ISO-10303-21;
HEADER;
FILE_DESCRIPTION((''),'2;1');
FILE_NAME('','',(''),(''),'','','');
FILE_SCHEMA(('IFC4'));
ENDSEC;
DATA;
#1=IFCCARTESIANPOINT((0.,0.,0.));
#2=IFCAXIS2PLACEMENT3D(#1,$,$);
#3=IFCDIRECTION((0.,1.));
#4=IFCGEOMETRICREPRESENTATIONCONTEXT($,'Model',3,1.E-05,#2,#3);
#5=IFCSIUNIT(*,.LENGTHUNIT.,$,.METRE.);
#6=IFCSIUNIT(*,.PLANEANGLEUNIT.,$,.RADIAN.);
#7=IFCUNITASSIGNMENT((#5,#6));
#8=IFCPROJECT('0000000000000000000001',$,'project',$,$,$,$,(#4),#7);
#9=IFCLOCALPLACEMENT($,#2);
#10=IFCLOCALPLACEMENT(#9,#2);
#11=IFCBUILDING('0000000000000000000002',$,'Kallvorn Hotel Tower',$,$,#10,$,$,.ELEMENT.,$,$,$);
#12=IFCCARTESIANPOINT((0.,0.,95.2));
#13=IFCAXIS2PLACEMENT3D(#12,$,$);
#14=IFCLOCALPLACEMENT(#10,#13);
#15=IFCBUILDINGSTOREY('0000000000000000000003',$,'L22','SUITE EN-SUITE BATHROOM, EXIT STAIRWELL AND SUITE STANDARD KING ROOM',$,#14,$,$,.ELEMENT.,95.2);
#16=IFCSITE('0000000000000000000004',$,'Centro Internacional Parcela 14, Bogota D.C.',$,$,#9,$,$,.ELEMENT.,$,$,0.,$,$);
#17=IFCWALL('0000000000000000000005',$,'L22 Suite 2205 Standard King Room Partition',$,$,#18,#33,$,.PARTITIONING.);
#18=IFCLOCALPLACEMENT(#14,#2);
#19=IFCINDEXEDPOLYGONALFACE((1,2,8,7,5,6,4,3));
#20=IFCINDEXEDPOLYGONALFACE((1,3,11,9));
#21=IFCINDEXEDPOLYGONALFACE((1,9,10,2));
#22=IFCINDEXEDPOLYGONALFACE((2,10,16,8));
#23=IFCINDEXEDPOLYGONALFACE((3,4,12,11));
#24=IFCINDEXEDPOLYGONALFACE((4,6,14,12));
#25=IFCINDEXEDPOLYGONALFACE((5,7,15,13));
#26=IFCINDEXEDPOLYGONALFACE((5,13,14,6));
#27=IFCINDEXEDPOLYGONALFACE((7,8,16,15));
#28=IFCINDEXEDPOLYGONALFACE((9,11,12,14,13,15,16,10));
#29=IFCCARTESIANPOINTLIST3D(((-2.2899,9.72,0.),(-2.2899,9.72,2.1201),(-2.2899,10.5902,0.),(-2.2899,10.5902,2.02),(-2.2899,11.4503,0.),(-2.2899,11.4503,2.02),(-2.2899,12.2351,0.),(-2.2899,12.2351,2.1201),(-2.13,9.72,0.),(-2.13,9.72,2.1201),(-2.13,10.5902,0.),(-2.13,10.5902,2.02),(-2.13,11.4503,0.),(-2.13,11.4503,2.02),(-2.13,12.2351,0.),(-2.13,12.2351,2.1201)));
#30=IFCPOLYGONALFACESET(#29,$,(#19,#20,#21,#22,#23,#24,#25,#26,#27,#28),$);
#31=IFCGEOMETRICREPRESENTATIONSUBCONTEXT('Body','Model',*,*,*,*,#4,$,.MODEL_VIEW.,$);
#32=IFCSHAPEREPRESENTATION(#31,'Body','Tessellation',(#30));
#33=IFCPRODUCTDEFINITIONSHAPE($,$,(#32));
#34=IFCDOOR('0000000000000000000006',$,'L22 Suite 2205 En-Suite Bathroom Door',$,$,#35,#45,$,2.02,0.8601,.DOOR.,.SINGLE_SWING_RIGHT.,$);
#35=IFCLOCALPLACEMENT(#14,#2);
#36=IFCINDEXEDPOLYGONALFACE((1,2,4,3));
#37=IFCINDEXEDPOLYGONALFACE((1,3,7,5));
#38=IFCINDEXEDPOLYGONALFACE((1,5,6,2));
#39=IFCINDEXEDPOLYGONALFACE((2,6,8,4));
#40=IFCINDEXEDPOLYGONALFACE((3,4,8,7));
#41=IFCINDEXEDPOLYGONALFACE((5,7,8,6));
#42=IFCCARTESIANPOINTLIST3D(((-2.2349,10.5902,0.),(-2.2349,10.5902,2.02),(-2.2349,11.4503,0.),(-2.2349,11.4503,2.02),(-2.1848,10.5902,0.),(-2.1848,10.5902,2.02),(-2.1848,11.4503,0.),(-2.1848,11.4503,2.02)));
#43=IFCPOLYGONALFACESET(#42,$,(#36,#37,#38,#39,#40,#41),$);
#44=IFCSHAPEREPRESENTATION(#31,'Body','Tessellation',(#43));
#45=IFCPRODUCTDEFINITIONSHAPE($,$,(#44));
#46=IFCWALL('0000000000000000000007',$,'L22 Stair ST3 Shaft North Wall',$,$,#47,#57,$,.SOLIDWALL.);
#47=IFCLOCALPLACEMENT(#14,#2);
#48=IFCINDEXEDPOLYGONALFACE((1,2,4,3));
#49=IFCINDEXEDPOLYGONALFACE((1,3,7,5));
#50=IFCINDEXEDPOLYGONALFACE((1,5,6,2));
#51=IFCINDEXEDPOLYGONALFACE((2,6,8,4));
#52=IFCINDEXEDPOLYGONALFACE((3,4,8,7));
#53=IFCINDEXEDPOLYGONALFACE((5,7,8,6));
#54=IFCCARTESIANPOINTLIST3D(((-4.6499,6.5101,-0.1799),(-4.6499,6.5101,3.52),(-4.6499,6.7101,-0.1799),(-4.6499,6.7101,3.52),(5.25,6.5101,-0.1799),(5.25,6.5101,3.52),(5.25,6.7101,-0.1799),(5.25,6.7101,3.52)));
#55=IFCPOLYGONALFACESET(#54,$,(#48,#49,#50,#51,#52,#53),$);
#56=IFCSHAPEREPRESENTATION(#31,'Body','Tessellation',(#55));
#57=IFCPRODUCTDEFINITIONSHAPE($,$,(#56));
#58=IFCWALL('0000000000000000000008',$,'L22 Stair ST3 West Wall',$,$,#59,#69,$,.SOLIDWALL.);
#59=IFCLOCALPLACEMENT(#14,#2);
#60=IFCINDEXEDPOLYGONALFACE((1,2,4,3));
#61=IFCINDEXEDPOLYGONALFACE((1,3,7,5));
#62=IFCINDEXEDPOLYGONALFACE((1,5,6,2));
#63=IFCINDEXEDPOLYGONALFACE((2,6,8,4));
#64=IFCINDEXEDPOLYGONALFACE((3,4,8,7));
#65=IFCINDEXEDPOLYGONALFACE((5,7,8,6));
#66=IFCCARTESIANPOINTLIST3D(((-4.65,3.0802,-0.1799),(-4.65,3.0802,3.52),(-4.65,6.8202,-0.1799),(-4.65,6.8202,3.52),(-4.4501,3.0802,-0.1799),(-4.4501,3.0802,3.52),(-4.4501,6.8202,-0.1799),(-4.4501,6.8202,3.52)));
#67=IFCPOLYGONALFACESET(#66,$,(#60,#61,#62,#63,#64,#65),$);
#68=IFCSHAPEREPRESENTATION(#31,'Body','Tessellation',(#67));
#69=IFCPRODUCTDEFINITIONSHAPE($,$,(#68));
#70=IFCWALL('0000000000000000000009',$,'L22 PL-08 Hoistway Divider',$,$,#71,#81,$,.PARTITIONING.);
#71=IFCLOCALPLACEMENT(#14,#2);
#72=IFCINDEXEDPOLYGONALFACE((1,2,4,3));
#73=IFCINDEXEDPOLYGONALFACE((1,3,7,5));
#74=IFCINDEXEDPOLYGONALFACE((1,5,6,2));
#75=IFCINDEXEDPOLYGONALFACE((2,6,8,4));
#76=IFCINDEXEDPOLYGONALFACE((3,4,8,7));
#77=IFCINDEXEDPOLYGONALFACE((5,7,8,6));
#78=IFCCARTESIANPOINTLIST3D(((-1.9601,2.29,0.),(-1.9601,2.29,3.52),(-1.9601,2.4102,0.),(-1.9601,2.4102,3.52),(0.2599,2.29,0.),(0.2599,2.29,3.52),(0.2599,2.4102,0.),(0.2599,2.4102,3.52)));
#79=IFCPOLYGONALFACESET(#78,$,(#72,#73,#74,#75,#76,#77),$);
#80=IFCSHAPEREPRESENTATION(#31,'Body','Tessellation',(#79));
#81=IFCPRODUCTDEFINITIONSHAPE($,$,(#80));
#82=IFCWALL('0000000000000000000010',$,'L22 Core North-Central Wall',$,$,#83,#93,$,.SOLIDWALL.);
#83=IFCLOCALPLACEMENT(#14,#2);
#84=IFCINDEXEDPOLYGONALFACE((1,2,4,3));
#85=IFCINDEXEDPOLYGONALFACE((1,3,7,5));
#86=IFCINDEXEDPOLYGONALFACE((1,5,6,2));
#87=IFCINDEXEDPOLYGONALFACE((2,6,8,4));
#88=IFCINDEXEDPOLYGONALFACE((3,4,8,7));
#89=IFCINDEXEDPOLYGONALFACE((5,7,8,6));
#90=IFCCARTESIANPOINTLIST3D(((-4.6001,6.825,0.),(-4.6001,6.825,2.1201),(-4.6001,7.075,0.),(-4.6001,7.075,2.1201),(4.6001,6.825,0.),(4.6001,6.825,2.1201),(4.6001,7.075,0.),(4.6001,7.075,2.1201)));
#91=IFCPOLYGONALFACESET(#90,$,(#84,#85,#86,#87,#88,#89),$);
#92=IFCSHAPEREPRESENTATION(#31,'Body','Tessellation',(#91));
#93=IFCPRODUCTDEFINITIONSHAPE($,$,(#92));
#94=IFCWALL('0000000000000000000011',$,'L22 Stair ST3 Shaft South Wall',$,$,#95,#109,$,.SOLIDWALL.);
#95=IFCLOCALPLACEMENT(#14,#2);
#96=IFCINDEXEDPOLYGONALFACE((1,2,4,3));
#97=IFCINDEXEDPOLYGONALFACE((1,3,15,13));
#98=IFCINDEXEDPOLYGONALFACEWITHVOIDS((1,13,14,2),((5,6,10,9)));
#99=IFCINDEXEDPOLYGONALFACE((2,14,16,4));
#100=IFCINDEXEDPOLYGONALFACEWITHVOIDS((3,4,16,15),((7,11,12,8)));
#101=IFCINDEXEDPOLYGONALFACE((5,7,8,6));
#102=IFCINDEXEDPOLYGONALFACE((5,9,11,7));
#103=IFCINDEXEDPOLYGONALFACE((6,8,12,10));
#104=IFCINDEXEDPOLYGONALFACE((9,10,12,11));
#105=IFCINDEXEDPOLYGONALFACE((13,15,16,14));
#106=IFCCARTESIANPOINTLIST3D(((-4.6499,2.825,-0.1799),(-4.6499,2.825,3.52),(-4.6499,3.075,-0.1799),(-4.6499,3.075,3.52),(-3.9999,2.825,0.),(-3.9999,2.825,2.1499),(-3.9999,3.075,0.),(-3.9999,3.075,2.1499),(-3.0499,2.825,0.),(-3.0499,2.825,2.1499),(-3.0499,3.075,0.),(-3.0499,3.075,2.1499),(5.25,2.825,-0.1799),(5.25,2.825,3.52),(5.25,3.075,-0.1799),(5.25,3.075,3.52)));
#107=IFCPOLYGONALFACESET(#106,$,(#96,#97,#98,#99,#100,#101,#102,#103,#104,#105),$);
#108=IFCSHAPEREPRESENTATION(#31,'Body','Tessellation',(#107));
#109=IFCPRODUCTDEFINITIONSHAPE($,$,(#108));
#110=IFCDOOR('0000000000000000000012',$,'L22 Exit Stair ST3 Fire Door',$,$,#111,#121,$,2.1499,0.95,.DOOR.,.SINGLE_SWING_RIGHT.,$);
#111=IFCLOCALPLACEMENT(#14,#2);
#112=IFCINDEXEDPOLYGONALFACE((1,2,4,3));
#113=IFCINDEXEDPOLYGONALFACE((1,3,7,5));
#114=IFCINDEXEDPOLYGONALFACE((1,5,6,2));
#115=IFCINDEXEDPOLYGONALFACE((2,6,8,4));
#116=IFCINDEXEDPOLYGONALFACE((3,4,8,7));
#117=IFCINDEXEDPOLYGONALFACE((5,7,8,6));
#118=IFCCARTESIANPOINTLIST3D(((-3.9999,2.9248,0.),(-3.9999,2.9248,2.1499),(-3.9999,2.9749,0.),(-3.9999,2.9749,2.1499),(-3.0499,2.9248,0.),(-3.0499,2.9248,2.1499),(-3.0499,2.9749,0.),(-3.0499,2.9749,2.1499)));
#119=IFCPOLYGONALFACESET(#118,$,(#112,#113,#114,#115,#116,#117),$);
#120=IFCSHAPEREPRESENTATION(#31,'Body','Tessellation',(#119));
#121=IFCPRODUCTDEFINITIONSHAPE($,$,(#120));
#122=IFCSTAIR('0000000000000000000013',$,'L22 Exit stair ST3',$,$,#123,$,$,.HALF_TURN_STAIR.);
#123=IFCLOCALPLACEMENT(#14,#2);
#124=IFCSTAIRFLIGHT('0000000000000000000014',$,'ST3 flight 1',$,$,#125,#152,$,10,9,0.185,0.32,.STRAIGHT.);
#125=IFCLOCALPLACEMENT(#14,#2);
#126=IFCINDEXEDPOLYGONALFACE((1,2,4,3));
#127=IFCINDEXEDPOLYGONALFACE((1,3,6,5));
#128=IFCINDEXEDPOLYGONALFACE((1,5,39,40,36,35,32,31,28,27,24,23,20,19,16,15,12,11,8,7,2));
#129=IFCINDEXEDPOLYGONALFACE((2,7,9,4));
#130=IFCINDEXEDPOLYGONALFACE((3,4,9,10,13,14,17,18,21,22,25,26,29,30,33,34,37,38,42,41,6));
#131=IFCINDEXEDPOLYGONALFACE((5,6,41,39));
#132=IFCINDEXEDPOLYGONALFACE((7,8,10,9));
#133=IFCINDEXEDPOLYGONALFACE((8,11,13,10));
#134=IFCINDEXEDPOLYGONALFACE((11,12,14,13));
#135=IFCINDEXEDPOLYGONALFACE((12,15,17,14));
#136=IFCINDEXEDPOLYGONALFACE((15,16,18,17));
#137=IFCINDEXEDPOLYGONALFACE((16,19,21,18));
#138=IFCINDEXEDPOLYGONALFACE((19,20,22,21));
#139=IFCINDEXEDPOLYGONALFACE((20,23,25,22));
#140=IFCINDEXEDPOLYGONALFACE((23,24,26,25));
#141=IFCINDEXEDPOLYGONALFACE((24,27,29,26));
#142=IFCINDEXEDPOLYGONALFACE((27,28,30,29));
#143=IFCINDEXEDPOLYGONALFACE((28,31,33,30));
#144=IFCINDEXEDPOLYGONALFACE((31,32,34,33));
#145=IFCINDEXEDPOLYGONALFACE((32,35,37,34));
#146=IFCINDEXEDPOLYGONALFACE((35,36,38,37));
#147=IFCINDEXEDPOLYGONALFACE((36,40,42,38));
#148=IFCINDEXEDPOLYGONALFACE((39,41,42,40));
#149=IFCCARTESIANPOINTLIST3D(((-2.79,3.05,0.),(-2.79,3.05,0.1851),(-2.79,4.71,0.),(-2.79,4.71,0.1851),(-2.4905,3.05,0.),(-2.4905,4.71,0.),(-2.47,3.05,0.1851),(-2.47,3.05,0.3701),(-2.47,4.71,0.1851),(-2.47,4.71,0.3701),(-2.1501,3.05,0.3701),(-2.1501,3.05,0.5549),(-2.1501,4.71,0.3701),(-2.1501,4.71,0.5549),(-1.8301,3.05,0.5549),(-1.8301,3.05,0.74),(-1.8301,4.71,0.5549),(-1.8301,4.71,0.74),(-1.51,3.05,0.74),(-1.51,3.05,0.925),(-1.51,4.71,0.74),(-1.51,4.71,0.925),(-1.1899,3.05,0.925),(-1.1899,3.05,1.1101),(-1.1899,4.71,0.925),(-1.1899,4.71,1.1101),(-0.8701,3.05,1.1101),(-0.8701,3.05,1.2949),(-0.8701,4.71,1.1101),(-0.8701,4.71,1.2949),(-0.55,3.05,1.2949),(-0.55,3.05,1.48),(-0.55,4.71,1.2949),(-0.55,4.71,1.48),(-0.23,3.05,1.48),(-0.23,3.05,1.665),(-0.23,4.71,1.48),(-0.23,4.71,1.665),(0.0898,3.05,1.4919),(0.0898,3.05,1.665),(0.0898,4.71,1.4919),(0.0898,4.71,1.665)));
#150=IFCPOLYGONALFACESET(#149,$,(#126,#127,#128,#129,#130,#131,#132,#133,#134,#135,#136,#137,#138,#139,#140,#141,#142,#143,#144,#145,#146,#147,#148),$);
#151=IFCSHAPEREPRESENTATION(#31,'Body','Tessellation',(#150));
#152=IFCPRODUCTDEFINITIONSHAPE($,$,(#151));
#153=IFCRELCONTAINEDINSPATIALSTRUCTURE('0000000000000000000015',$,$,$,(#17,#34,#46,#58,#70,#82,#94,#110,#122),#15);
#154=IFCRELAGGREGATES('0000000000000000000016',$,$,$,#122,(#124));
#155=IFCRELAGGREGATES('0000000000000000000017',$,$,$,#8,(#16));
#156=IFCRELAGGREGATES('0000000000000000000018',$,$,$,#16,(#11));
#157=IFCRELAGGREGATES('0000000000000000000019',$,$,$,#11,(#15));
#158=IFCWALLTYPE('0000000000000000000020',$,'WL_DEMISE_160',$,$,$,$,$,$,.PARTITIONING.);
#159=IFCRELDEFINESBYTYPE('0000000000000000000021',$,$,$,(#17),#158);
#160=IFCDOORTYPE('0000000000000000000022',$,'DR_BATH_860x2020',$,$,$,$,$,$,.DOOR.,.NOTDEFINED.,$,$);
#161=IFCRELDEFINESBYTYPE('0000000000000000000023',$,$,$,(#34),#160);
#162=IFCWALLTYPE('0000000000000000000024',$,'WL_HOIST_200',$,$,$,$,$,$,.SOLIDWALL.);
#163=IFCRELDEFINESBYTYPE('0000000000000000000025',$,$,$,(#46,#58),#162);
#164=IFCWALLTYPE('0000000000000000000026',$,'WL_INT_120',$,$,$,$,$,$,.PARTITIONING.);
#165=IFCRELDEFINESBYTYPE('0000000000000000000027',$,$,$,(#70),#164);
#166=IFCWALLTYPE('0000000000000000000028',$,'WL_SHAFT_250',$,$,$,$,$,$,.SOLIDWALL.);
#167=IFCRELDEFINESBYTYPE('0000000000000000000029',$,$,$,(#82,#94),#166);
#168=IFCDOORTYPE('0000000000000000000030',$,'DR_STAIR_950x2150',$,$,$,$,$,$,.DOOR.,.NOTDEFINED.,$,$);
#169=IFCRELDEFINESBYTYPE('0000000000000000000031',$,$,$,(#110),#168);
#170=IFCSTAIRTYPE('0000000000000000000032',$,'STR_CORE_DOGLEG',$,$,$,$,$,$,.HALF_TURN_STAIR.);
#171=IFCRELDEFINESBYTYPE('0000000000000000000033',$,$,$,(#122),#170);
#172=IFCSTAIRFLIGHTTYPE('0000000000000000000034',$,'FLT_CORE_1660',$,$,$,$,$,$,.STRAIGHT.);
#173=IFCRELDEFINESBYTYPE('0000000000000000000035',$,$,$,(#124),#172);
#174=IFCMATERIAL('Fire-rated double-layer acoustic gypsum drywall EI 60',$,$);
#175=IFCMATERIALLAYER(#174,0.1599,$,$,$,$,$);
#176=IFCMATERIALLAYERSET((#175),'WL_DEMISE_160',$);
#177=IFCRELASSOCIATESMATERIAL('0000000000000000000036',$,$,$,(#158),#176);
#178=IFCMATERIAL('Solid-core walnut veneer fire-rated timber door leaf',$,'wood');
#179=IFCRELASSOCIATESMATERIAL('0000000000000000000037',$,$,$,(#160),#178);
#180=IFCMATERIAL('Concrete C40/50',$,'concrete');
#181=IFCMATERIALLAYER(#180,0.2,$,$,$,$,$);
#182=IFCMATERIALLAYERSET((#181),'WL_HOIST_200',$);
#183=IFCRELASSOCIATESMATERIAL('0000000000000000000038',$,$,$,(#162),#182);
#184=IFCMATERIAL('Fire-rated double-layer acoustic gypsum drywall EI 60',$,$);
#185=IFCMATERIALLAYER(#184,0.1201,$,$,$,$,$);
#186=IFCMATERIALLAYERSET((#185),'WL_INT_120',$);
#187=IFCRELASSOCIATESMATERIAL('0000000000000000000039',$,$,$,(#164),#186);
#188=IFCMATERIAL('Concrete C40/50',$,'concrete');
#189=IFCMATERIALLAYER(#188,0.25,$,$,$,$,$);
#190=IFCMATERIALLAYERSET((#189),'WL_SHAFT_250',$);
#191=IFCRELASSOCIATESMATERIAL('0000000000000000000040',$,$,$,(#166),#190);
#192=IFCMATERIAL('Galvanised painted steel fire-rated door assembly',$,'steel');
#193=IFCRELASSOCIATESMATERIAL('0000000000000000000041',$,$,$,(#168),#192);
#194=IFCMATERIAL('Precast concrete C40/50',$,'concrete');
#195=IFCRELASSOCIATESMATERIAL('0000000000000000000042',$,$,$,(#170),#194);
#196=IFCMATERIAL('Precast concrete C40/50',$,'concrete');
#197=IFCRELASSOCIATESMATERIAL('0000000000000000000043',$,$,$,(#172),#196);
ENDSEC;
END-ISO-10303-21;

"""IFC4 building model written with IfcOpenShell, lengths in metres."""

from ifc_helpers import new_model, si_unit, direction, frame, frame_2d, origin, place, context, subcontext, project, spatial, polyline, rectangle, outline, extrude, material, layer, layer_set, type_object, element, fill, aggregate, save


model = new_model("IFC4")

# Units and contexts
model_context = context("Model", 3, precision=1e-05, world=origin(), true_north=direction((0.0, 1.0)))
body_context = subcontext(model_context, "Body", "Model", "MODEL_VIEW")
ifc_project = project(units=[si_unit("LENGTHUNIT", "METRE"), si_unit("PLANEANGLEUNIT", "RADIAN")], contexts=[model_context])

# Site, building, storey
site_placement = place(None, origin())
site = spatial("IfcSite", under=ifc_project, at=site_placement, Name="Centro Internacional Parcela 14, Bogota D.C.", CompositionType="ELEMENT", RefElevation=0.0)
building_placement = place(site_placement, origin())
building = spatial("IfcBuilding", under=site, at=building_placement, Name="Kallvorn Hotel Tower", CompositionType="ELEMENT")
storey_placement = place(building_placement, frame((0.0, 0.0, 95.2)))
storey = spatial("IfcBuildingStorey", under=building, at=storey_placement, Name="L22", Description="SUITE EN-SUITE BATHROOM, EXIT STAIRWELL AND SUITE STANDARD KING ROOM", CompositionType="ELEMENT", Elevation=95.2)

# Shared definitions
ifc_material_1 = material(Name="Fire-rated double-layer acoustic gypsum drywall EI 60")
ifc_layer_1 = layer(ifc_material_1, 0.1599)
ifc_layer_set_1 = layer_set([ifc_layer_1], Name="WL_DEMISE_160")
wall_type_1 = type_object("IfcWallType", Name="WL_DEMISE_160", PredefinedType="PARTITIONING", material=ifc_layer_set_1)

# Wall, opening, door
wall_1_placement = place(storey_placement, frame((-2.21, 9.72, 0.0), z_axis=(0.0, 0.0, 1.0), x_axis=(0.0, 1.0, 0.0)))
wall_1 = element("IfcWall", 1, at=wall_1_placement, inside=storey, type_object=wall_type_1, Name="L22 Suite 2205 Standard King Room Partition", PredefinedType="PARTITIONING", context=body_context, shape_type="SweptSolid", body=[
    extrude(rectangle(XDim=2.5151, YDim=0.1599, at=frame_2d((1.2576, 0.0))), origin(), (0.0, 0.0, 1.0), 2.1201),
])
opening_1_placement = place(wall_1_placement, frame((0.8701, 0.0, 0.0)))
opening_1 = element("IfcOpeningElement", 2, at=opening_1_placement, cuts=wall_1, PredefinedType="OPENING", context=body_context, shape_type="SweptSolid", body=[
    extrude(rectangle(XDim=0.8601, YDim=2.02, at=frame_2d((0.4302, 1.01))), frame((0.0, 0.095, 0.0), z_axis=(0.0, -1.0, 0.0), x_axis=(1.0, 0.0, 0.0)), (0.0, 0.0, 1.0), 0.1899),
])
ifc_material_2 = material(Name="Solid-core walnut veneer fire-rated timber door leaf", Category="wood")
door_type_1 = type_object("IfcDoorType", Name="DR_BATH_860x2020", OperationType="NOTDEFINED", PredefinedType="DOOR", material=ifc_material_2)
door_1_placement = place(opening_1_placement, origin())
door_1 = element("IfcDoor", 3, at=door_1_placement, inside=storey, type_object=door_type_1, Name="L22 Suite 2205 En-Suite Bathroom Door", OperationType="SINGLE_SWING_RIGHT", OverallHeight=2.02, OverallWidth=0.8601, PredefinedType="DOOR", context=body_context, shape_type="SweptSolid", body=[
    extrude(rectangle(XDim=0.8601, YDim=2.02, at=frame_2d((0.4302, 1.01))), frame((0.0, 0.0249, 0.0), z_axis=(0.0, -1.0, 0.0), x_axis=(1.0, 0.0, 0.0)), (0.0, 0.0, 1.0), 0.05),
])
fill(opening_1, door_1)

# Walls
ifc_material_3 = material(Name="Concrete C40/50", Category="concrete")
ifc_layer_2 = layer(ifc_material_3, 0.2)
ifc_layer_set_2 = layer_set([ifc_layer_2], Name="WL_HOIST_200")
wall_type_2 = type_object("IfcWallType", Name="WL_HOIST_200", PredefinedType="SOLIDWALL", material=ifc_layer_set_2)
wall_2_placement = place(storey_placement, frame((-4.6499, 6.6101, -0.1799), z_axis=(0.0, 0.0, 1.0), x_axis=(1.0, 0.0, 0.0)))
element("IfcWall", 4, at=wall_2_placement, inside=storey, type_object=wall_type_2, Name="L22 Stair ST3 Shaft North Wall", PredefinedType="SOLIDWALL", context=body_context, shape_type="SweptSolid", body=[
    extrude(rectangle(XDim=9.8999, YDim=0.2, at=frame_2d((4.95, 0.0))), origin(), (0.0, 0.0, 1.0), 3.7),
])
wall_3_placement = place(storey_placement, frame((-4.55, 3.0801, -0.1799), z_axis=(0.0, 0.0, 1.0), x_axis=(0.0, 1.0, 0.0)))
element("IfcWall", 5, at=wall_3_placement, inside=storey, type_object=wall_type_2, Name="L22 Stair ST3 West Wall", PredefinedType="SOLIDWALL", context=body_context, shape_type="SweptSolid", body=[
    extrude(rectangle(XDim=3.74, YDim=0.2, at=frame_2d((1.8701, 0.0))), origin(), (0.0, 0.0, 1.0), 3.7),
])
ifc_material_4 = material(Name="Fire-rated double-layer acoustic gypsum drywall EI 60")
ifc_layer_3 = layer(ifc_material_4, 0.1201)
ifc_layer_set_3 = layer_set([ifc_layer_3], Name="WL_INT_120")
wall_type_3 = type_object("IfcWallType", Name="WL_INT_120", PredefinedType="PARTITIONING", material=ifc_layer_set_3)
wall_4_placement = place(storey_placement, frame((-1.96, 2.3501, 0.0), z_axis=(0.0, 0.0, 1.0), x_axis=(1.0, 0.0, 0.0)))
element("IfcWall", 6, at=wall_4_placement, inside=storey, type_object=wall_type_3, Name="L22 PL-08 Hoistway Divider", PredefinedType="PARTITIONING", context=body_context, shape_type="SweptSolid", body=[
    extrude(rectangle(XDim=2.22, YDim=0.1201, at=frame_2d((1.1099, 0.0))), origin(), (0.0, 0.0, 1.0), 3.52),
])
ifc_material_5 = material(Name="Concrete C40/50", Category="concrete")
ifc_layer_4 = layer(ifc_material_5, 0.25)
ifc_layer_set_4 = layer_set([ifc_layer_4], Name="WL_SHAFT_250")
wall_type_4 = type_object("IfcWallType", Name="WL_SHAFT_250", PredefinedType="SOLIDWALL", material=ifc_layer_set_4)
wall_5_placement = place(storey_placement, frame((-4.6001, 6.95, 0.0), z_axis=(0.0, 0.0, 1.0), x_axis=(1.0, 0.0, 0.0)))
element("IfcWall", 7, at=wall_5_placement, inside=storey, type_object=wall_type_4, Name="L22 Core North-Central Wall", PredefinedType="SOLIDWALL", context=body_context, shape_type="SweptSolid", body=[
    extrude(rectangle(XDim=9.2002, YDim=0.25, at=frame_2d((4.6001, 0.0))), origin(), (0.0, 0.0, 1.0), 2.1201),
])

# Wall, opening, door
wall_6_placement = place(storey_placement, frame((-4.6499, 2.95, -0.1799), z_axis=(0.0, 0.0, 1.0), x_axis=(1.0, 0.0, 0.0)))
wall_6 = element("IfcWall", 8, at=wall_6_placement, inside=storey, type_object=wall_type_4, Name="L22 Stair ST3 Shaft South Wall", PredefinedType="SOLIDWALL", context=body_context, shape_type="SweptSolid", body=[
    extrude(rectangle(XDim=9.8999, YDim=0.25, at=frame_2d((4.95, 0.0))), origin(), (0.0, 0.0, 1.0), 3.7),
])
opening_2_placement = place(wall_6_placement, frame((0.6499, 0.0, 0.1799)))
opening_2 = element("IfcOpeningElement", 9, at=opening_2_placement, cuts=wall_6, PredefinedType="OPENING", context=body_context, shape_type="SweptSolid", body=[
    extrude(rectangle(XDim=0.95, YDim=2.1499, at=frame_2d((0.4751, 1.075))), frame((0.0, 0.1399, 0.0), z_axis=(0.0, -1.0, 0.0), x_axis=(1.0, 0.0, 0.0)), (0.0, 0.0, 1.0), 0.28),
])
ifc_material_6 = material(Name="Galvanised painted steel fire-rated door assembly", Category="steel")
door_type_2 = type_object("IfcDoorType", Name="DR_STAIR_950x2150", OperationType="NOTDEFINED", PredefinedType="DOOR", material=ifc_material_6)
door_2_placement = place(opening_2_placement, origin())
door_2 = element("IfcDoor", 10, at=door_2_placement, inside=storey, type_object=door_type_2, Name="L22 Exit Stair ST3 Fire Door", OperationType="SINGLE_SWING_RIGHT", OverallHeight=2.1499, OverallWidth=0.95, PredefinedType="DOOR", context=body_context, shape_type="SweptSolid", body=[
    extrude(rectangle(XDim=0.95, YDim=2.1499, at=frame_2d((0.4751, 1.075))), frame((0.0, 0.0249, 0.0), z_axis=(0.0, -1.0, 0.0), x_axis=(1.0, 0.0, 0.0)), (0.0, 0.0, 1.0), 0.05),
])
fill(opening_2, door_2)

# Stair, stair flight
ifc_material_7 = material(Name="Precast concrete C40/50", Category="concrete")
stair_type = type_object("IfcStairType", Name="STR_CORE_DOGLEG", PredefinedType="HALF_TURN_STAIR", material=ifc_material_7)
stair_placement = place(storey_placement, origin())
stair = element("IfcStair", 11, at=stair_placement, inside=storey, type_object=stair_type, Name="L22 Exit stair ST3", PredefinedType="HALF_TURN_STAIR")
ifc_material_8 = material(Name="Precast concrete C40/50", Category="concrete")
stair_flight_type = type_object("IfcStairFlightType", Name="FLT_CORE_1660", PredefinedType="STRAIGHT", material=ifc_material_8)
stair_flight_placement = place(storey_placement, frame((-2.79, 3.8799, 0.0), z_axis=(0.0, 0.0, 1.0), x_axis=(1.0, 0.0, 0.0)))
stair_flight = element("IfcStairFlight", 12, at=stair_flight_placement, type_object=stair_flight_type, Name="ST3 flight 1", NumberOfRisers=10, NumberOfTreads=9, PredefinedType="STRAIGHT", RiserHeight=0.185, TreadLength=0.32, context=body_context, shape_type="SweptSolid", body=[
    extrude(outline(polyline([(0.0, 0.0), (0.0, 0.1851), (0.3201, 0.1851), (0.3201, 0.3701), (0.6399, 0.3701), (0.6399, 0.5549), (0.96, 0.5549), (0.96, 0.74), (1.28, 0.74), (1.28, 0.925), (1.6001, 0.925), (1.6001, 1.1101), (1.9199, 1.1101), (1.9199, 1.2949), (2.24, 1.2949), (2.24, 1.48), (2.5601, 1.48), (2.5601, 1.665), (2.8799, 1.665), (2.8799, 1.8501), (2.8799, 1.4919), (0.2996, 0.0), (0.0, 0.0)])), frame((0.0, 0.8301, 0.0), z_axis=(0.0, -1.0, 0.0), x_axis=(1.0, 0.0, 0.0)), (0.0, 0.0, 1.0), 1.6599),
])
aggregate(stair, [stair_flight])

save(model, "model.ifc")
